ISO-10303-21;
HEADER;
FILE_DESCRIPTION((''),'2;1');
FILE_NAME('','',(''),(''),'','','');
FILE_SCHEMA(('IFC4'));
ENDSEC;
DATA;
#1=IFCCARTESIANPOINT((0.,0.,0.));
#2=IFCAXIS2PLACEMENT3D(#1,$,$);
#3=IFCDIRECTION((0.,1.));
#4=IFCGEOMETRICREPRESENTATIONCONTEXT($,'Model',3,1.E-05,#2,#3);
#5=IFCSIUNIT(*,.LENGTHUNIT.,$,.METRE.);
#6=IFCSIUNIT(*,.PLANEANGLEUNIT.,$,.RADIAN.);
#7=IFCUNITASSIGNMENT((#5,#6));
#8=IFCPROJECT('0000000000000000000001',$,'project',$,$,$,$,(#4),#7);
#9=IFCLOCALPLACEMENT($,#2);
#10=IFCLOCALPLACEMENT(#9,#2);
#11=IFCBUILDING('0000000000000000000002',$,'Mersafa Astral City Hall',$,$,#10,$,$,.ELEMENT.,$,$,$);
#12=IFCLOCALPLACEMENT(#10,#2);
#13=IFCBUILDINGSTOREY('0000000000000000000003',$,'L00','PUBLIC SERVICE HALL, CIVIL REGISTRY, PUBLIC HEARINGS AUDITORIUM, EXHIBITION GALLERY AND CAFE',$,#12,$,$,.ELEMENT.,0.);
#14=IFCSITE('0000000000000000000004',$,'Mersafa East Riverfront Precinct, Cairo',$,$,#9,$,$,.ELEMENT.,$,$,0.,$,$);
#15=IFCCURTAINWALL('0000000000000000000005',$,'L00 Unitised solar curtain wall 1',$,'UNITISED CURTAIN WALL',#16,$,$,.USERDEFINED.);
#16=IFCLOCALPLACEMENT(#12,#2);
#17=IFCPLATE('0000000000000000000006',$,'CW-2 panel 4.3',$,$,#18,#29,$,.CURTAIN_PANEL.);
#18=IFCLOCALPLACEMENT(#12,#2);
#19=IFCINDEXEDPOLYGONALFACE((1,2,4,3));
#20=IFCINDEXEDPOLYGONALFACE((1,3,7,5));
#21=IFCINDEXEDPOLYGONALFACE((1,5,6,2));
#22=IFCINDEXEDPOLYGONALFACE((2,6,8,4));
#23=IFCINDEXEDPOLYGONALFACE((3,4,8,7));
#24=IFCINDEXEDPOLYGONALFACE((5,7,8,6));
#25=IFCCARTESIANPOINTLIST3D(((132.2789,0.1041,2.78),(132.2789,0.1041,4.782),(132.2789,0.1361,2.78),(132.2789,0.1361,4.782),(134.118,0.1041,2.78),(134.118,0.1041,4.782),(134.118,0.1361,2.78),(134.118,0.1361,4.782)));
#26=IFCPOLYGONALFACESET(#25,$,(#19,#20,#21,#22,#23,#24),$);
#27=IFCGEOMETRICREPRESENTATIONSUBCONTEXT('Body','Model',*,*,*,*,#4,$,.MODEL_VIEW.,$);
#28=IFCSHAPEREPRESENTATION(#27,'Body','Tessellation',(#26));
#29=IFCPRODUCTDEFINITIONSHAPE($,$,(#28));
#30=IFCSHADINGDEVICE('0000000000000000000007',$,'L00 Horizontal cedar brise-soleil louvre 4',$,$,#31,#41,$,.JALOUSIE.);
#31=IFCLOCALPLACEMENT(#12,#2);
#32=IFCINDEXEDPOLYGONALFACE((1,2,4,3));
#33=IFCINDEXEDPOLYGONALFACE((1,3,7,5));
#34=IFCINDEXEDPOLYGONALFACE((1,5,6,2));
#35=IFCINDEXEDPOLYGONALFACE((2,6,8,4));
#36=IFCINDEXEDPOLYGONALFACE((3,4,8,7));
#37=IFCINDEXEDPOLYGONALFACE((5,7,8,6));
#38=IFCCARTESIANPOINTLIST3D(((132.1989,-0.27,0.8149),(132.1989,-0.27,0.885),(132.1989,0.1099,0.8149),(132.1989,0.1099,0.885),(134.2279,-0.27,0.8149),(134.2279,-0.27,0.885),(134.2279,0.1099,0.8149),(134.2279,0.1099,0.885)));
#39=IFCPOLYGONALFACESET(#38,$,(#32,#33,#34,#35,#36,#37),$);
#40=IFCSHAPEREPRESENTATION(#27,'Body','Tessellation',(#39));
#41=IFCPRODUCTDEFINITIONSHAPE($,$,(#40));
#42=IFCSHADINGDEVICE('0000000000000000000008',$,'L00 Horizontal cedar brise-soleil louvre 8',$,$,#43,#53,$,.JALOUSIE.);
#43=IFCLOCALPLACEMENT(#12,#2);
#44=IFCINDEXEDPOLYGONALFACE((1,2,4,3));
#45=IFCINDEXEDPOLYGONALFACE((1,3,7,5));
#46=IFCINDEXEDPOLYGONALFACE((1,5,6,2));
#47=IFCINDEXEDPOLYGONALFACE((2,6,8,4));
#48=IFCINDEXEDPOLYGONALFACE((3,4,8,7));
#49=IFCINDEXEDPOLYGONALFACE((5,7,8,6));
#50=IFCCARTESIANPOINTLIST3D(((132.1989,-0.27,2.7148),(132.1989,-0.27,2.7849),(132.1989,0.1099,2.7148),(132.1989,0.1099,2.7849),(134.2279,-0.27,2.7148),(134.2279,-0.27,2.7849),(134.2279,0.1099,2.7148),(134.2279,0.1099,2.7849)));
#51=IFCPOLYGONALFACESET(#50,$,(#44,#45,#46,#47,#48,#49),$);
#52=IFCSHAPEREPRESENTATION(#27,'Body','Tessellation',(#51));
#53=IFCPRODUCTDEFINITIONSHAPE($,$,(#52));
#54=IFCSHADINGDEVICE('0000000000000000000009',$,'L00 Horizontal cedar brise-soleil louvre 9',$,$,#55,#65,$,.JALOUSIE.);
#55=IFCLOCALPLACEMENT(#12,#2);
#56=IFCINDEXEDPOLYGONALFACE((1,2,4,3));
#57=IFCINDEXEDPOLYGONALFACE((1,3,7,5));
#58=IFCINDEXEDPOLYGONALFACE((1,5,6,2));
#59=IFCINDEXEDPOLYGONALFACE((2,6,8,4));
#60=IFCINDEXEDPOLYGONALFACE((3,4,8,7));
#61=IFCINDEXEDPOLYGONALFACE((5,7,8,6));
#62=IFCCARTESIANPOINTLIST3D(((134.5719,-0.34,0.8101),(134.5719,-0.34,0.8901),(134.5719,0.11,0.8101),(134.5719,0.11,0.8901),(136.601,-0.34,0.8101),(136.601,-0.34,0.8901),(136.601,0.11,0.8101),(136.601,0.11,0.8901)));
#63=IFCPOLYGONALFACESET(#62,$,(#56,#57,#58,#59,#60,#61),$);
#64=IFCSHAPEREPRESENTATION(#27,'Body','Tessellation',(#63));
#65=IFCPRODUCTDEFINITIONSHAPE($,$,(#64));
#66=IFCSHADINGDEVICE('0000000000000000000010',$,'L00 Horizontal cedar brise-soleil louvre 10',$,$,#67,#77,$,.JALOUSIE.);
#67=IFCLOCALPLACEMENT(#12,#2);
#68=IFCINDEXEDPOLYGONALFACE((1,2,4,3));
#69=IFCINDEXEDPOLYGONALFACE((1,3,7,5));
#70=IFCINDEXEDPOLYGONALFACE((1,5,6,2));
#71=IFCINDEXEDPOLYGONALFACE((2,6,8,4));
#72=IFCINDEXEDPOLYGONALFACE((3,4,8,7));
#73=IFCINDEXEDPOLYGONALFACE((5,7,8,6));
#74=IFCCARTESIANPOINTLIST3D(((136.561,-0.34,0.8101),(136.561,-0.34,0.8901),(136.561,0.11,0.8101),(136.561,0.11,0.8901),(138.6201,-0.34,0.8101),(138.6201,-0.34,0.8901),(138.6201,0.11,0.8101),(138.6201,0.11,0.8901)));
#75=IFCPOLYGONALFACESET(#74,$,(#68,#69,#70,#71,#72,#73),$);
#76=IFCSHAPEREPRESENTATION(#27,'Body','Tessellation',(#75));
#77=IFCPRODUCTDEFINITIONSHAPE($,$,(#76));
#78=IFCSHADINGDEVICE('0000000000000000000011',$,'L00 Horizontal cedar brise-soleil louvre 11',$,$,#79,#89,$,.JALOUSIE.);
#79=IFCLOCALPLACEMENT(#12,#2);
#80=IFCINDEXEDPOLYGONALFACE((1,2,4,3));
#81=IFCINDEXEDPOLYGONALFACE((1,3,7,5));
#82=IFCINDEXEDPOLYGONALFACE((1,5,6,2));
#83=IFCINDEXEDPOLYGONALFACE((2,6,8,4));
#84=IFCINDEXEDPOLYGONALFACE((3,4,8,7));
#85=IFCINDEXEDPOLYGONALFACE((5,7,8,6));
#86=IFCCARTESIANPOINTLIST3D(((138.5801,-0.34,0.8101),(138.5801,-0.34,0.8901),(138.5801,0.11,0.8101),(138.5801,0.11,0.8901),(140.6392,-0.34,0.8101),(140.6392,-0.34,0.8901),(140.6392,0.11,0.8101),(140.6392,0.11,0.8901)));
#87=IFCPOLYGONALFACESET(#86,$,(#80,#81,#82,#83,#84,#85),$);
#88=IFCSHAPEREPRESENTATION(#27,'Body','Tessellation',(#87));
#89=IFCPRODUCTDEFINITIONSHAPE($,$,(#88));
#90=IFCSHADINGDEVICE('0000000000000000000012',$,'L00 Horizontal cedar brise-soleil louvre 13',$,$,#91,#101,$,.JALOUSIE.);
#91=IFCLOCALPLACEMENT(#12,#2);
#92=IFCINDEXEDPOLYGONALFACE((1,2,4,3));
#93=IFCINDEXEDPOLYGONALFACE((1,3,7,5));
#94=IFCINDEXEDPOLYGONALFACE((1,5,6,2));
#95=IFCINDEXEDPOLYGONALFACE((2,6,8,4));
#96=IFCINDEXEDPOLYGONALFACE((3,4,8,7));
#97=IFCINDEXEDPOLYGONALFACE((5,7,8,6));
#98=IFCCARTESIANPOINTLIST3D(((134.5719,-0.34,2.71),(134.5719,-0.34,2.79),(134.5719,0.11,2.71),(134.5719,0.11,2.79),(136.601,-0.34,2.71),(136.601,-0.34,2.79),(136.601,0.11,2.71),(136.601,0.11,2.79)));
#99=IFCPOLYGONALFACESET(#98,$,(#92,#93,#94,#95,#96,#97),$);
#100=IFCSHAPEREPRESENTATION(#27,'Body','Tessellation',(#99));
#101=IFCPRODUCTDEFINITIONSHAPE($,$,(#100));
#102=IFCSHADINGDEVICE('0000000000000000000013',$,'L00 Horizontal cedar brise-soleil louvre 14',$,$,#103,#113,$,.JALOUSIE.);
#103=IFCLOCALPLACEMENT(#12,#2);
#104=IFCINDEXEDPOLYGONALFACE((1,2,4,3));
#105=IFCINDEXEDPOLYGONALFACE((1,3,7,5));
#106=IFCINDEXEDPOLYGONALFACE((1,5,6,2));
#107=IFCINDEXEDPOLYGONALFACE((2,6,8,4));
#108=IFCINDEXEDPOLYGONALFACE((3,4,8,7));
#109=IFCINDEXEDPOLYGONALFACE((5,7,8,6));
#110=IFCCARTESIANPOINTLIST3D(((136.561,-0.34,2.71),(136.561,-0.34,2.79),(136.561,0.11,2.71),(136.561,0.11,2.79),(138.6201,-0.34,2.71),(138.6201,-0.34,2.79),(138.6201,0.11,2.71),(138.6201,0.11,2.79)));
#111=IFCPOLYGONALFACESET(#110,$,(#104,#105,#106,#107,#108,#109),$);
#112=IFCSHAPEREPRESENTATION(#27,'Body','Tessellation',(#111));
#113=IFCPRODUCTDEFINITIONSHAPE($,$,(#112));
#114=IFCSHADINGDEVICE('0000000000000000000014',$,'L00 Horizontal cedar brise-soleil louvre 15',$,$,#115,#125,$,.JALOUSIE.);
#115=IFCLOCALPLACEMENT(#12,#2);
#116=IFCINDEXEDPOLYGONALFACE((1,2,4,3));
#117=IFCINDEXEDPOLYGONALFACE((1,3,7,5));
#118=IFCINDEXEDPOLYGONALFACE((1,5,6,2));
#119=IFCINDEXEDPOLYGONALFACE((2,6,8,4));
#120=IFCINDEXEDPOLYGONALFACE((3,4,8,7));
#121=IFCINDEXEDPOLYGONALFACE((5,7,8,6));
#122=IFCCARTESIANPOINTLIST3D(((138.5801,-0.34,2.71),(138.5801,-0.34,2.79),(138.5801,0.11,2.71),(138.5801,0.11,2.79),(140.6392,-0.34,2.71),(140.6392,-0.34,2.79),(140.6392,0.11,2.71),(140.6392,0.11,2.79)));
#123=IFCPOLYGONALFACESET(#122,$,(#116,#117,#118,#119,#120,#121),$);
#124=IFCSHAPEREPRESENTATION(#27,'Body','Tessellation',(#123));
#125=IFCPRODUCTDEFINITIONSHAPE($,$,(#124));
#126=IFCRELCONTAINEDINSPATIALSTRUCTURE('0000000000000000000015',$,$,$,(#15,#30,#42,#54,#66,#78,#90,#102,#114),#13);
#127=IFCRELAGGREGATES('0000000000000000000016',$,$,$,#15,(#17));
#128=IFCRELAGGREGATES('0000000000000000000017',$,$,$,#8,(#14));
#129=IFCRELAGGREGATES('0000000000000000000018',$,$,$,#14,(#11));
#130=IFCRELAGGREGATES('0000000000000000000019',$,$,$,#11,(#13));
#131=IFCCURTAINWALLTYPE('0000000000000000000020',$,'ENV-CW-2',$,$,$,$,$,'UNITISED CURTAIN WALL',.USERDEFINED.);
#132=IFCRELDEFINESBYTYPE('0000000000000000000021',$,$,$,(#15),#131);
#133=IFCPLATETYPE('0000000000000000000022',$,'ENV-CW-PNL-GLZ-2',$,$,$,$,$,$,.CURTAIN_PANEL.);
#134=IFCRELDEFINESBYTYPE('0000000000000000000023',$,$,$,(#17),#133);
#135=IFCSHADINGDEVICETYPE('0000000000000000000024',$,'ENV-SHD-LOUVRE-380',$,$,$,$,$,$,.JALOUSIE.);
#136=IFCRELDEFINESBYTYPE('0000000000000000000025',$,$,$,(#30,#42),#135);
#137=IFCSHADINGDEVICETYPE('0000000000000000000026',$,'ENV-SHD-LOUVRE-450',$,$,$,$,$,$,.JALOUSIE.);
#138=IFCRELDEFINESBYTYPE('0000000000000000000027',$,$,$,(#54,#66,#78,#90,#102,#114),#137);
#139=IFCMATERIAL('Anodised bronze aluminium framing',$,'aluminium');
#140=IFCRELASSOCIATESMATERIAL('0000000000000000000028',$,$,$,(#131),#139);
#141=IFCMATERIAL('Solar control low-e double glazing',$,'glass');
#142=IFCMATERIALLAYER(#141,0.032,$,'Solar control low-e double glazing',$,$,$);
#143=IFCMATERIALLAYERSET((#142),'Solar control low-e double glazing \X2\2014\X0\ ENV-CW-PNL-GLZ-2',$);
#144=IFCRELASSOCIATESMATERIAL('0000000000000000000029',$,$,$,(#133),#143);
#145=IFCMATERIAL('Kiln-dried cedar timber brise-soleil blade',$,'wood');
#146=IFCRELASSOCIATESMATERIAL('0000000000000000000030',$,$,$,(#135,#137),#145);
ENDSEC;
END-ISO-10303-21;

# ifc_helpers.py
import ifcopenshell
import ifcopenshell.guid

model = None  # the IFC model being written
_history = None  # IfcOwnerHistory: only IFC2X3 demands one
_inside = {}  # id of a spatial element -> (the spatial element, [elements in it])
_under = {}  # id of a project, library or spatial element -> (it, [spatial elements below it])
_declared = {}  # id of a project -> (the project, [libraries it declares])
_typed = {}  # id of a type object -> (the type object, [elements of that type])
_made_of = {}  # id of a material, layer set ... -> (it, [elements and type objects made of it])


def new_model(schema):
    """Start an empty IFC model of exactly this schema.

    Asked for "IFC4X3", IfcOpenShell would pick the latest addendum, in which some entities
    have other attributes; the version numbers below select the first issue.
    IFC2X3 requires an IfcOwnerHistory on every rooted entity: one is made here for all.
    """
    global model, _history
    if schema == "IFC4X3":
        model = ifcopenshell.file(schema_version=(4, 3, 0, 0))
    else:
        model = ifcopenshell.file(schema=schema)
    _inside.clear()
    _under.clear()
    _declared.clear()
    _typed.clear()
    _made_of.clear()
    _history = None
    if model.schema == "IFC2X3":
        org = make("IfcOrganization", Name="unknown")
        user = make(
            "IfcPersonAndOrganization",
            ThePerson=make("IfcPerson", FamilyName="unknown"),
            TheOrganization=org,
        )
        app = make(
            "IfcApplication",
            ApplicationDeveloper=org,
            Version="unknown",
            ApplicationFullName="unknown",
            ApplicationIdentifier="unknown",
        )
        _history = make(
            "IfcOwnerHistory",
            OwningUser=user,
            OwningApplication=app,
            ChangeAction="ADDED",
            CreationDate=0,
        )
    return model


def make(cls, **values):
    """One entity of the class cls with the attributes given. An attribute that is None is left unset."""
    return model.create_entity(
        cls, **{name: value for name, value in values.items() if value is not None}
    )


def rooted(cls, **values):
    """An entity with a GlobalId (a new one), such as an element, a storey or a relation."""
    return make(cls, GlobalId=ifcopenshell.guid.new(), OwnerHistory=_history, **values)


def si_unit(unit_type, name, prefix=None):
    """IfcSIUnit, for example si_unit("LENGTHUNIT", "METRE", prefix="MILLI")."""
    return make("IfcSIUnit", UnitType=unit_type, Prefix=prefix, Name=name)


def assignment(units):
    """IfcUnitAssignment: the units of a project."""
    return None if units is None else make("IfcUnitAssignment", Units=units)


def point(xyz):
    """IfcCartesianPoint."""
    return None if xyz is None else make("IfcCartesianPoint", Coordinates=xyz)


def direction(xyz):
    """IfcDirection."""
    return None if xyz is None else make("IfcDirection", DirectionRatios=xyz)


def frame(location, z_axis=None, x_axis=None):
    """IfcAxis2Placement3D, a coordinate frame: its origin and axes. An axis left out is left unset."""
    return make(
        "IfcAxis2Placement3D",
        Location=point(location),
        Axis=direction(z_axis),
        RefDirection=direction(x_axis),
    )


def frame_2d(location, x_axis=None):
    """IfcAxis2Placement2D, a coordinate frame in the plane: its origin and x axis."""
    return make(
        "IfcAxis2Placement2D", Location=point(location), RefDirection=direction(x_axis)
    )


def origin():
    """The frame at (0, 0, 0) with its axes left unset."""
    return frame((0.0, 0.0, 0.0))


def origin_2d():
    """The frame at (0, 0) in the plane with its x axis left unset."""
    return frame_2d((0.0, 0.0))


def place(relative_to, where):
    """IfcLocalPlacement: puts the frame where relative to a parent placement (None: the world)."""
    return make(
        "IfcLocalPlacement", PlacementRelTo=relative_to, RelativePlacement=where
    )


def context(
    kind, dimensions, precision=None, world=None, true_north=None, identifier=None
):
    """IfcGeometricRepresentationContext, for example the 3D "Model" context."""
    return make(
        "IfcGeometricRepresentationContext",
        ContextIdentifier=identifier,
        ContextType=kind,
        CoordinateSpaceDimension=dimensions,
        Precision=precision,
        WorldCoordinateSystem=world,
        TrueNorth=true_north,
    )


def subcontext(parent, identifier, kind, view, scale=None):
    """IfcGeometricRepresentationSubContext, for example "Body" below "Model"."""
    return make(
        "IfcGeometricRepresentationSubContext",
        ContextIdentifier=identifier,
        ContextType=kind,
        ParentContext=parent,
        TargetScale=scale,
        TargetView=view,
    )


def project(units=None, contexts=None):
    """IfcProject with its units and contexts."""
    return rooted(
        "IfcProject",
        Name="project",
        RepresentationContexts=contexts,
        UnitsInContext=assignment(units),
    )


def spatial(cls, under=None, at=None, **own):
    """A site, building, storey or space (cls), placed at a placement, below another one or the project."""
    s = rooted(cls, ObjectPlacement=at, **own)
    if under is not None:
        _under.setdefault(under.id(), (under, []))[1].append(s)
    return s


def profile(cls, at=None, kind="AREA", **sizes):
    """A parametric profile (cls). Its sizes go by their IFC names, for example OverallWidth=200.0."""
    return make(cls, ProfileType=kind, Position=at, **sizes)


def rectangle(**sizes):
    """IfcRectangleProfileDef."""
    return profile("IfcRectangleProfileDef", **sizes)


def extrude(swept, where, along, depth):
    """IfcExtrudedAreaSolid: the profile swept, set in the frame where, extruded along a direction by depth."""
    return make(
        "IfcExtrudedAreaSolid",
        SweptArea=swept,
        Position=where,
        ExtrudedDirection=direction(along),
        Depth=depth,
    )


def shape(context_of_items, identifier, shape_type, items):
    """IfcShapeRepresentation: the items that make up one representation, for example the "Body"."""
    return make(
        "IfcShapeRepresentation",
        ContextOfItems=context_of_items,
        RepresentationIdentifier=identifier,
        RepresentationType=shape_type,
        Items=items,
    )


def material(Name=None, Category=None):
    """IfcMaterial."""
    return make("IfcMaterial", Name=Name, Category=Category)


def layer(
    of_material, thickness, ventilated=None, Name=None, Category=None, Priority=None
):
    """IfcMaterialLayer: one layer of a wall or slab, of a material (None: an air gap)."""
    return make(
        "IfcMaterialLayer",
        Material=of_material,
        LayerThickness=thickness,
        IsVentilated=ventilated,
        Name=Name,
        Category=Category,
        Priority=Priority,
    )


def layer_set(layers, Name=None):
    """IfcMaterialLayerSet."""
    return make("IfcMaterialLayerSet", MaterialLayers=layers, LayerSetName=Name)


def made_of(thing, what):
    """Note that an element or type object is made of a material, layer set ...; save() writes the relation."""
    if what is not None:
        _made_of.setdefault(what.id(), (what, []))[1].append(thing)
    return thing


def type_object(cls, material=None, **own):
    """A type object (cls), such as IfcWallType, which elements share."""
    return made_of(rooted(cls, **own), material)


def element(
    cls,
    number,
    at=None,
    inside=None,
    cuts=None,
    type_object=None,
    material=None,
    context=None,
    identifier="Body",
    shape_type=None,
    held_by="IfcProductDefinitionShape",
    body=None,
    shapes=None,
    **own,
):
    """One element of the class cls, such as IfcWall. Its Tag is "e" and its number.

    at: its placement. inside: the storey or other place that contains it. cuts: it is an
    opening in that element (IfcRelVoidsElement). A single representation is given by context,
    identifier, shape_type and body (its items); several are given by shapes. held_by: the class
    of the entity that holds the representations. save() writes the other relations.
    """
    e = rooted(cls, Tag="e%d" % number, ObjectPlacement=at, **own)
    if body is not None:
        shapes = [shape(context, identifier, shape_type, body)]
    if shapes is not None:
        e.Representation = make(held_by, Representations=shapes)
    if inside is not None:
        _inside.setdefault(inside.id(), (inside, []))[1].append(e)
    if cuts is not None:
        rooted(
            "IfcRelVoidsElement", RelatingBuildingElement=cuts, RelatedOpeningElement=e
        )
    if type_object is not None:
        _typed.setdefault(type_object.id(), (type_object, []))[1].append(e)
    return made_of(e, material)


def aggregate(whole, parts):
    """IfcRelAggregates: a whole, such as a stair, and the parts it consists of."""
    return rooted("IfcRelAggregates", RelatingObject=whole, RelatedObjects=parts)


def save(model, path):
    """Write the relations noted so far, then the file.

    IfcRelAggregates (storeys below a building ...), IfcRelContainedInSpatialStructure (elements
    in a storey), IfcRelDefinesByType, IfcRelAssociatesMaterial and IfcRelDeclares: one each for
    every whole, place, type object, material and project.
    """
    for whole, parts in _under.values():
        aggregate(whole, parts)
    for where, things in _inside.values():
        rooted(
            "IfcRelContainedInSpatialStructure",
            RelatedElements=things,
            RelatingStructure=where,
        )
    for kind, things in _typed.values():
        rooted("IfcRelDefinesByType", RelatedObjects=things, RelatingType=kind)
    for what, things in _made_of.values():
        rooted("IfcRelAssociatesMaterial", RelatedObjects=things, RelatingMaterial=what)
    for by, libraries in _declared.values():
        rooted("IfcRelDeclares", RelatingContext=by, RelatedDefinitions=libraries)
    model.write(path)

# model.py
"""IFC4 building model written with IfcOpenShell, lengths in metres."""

from ifc_helpers import new_model, si_unit, direction, frame, origin, origin_2d, place, context, subcontext, project, spatial, rectangle, extrude, material, layer, layer_set, type_object, element, aggregate, save


model = new_model("IFC4")

# Units and contexts
model_context = context("Model", 3, precision=1e-05, world=origin(), true_north=direction((0.0, 1.0)))
body_context = subcontext(model_context, "Body", "Model", "MODEL_VIEW")
ifc_project = project(units=[si_unit("LENGTHUNIT", "METRE"), si_unit("PLANEANGLEUNIT", "RADIAN")], contexts=[model_context])

# Site, building, storey
site_placement = place(None, origin())
site = spatial("IfcSite", under=ifc_project, at=site_placement, Name="Mersafa East Riverfront Precinct, Cairo", CompositionType="ELEMENT", RefElevation=0.0)
building_placement = place(site_placement, origin())
building = spatial("IfcBuilding", under=site, at=building_placement, Name="Mersafa Astral City Hall", CompositionType="ELEMENT")
storey_placement = place(building_placement, origin())
storey = spatial("IfcBuildingStorey", under=building, at=storey_placement, Name="L00", Description="PUBLIC SERVICE HALL, CIVIL REGISTRY, PUBLIC HEARINGS AUDITORIUM, EXHIBITION GALLERY AND CAFE", CompositionType="ELEMENT", Elevation=0.0)

# Curtain wall
ifc_material_1 = material(Name="Anodised bronze aluminium framing", Category="aluminium")
curtain_wall_type_1 = type_object("IfcCurtainWallType", Name="ENV-CW-2", ElementType="UNITISED CURTAIN WALL", PredefinedType="USERDEFINED", material=ifc_material_1)
curtain_wall_1_placement = place(storey_placement, origin())
curtain_wall_1 = element("IfcCurtainWall", 1, at=curtain_wall_1_placement, inside=storey, type_object=curtain_wall_type_1, Name="L00 Unitised solar curtain wall 1", ObjectType="UNITISED CURTAIN WALL", PredefinedType="USERDEFINED")

# Plate
ifc_material_2 = material(Name="Solar control low-e double glazing", Category="glass")
ifc_layer = layer(ifc_material_2, 0.032, Name="Solar control low-e double glazing")
ifc_layer_set = layer_set([ifc_layer], Name="Solar control low-e double glazing — ENV-CW-PNL-GLZ-2")
plate_type = type_object("IfcPlateType", Name="ENV-CW-PNL-GLZ-2", PredefinedType="CURTAIN_PANEL", material=ifc_layer_set)
plate_1_placement = place(storey_placement, frame((133.1985, 0.1201, 2.78), z_axis=(0.0, 0.0, 1.0), x_axis=(1.0, 0.0, 0.0)))
plate_1 = element("IfcPlate", 2, at=plate_1_placement, type_object=plate_type, Name="CW-2 panel 4.3", PredefinedType="CURTAIN_PANEL", context=body_context, shape_type="SweptSolid", body=[
    extrude(rectangle(XDim=1.8391, YDim=0.032, at=origin_2d()), origin(), (0.0, 0.0, 1.0), 2.002),
])
aggregate(curtain_wall_1, [plate_1])

# Shading devices
ifc_material_3 = material(Name="Kiln-dried cedar timber brise-soleil blade", Category="wood")
shading_device_type_1 = type_object("IfcShadingDeviceType", Name="ENV-SHD-LOUVRE-380", PredefinedType="JALOUSIE", material=ifc_material_3)
for number, where, z_axis, x_axis, name in (
    (3, (133.2134, -0.0801, 0.8149), (0.0, 0.0, 1.0), (1.0, 0.0, 0.0), "L00 Horizontal cedar brise-soleil louvre 4"),
    (4, (133.2134, -0.0801, 2.7148), (0.0, 0.0, 1.0), (1.0, 0.0, 0.0), "L00 Horizontal cedar brise-soleil louvre 8"),
):
    element("IfcShadingDevice", number, at=place(storey_placement, frame(where, z_axis=z_axis, x_axis=x_axis)), inside=storey, type_object=shading_device_type_1, Name=name, PredefinedType="JALOUSIE", context=body_context, shape_type="SweptSolid", body=[
        extrude(rectangle(XDim=2.0291, YDim=0.3799, at=origin_2d()), origin(), (0.0, 0.0, 1.0), 0.0701),
    ])
shading_device_type_2 = type_object("IfcShadingDeviceType", Name="ENV-SHD-LOUVRE-450", PredefinedType="JALOUSIE", material=ifc_material_3)
shading_device_1_placement = place(storey_placement, frame((135.5864, -0.115, 0.8101), z_axis=(0.0, 0.0, 1.0), x_axis=(1.0, 0.0, 0.0)))
element("IfcShadingDevice", 5, at=shading_device_1_placement, inside=storey, type_object=shading_device_type_2, Name="L00 Horizontal cedar brise-soleil louvre 9", PredefinedType="JALOUSIE", context=body_context, shape_type="SweptSolid", body=[
    extrude(rectangle(XDim=2.0291, YDim=0.45, at=origin_2d()), origin(), (0.0, 0.0, 1.0), 0.0801),
])
for number, where, z_axis, x_axis, name in (
    (6, (137.5906, -0.115, 0.8101), (0.0, 0.0, 1.0), (1.0, 0.0, 0.0), "L00 Horizontal cedar brise-soleil louvre 10"),
    (7, (139.6096, -0.115, 0.8101), (0.0, 0.0, 1.0), (1.0, 0.0, 0.0), "L00 Horizontal cedar brise-soleil louvre 11"),
):
    element("IfcShadingDevice", number, at=place(storey_placement, frame(where, z_axis=z_axis, x_axis=x_axis)), inside=storey, type_object=shading_device_type_2, Name=name, PredefinedType="JALOUSIE", context=body_context, shape_type="SweptSolid", body=[
        extrude(rectangle(XDim=2.0591, YDim=0.45, at=origin_2d()), origin(), (0.0, 0.0, 1.0), 0.0801),
    ])
shading_device_2_placement = place(storey_placement, frame((135.5864, -0.115, 2.71), z_axis=(0.0, 0.0, 1.0), x_axis=(1.0, 0.0, 0.0)))
element("IfcShadingDevice", 8, at=shading_device_2_placement, inside=storey, type_object=shading_device_type_2, Name="L00 Horizontal cedar brise-soleil louvre 13", PredefinedType="JALOUSIE", context=body_context, shape_type="SweptSolid", body=[
    extrude(rectangle(XDim=2.0291, YDim=0.45, at=origin_2d()), origin(), (0.0, 0.0, 1.0), 0.0801),
])
for number, where, z_axis, x_axis, name in (
    (9, (137.5906, -0.115, 2.71), (0.0, 0.0, 1.0), (1.0, 0.0, 0.0), "L00 Horizontal cedar brise-soleil louvre 14"),
    (10, (139.6096, -0.115, 2.71), (0.0, 0.0, 1.0), (1.0, 0.0, 0.0), "L00 Horizontal cedar brise-soleil louvre 15"),
):
    element("IfcShadingDevice", number, at=place(storey_placement, frame(where, z_axis=z_axis, x_axis=x_axis)), inside=storey, type_object=shading_device_type_2, Name=name, PredefinedType="JALOUSIE", context=body_context, shape_type="SweptSolid", body=[
        extrude(rectangle(XDim=2.0591, YDim=0.45, at=origin_2d()), origin(), (0.0, 0.0, 1.0), 0.0801),
    ])

save(model, "model.ifc")
